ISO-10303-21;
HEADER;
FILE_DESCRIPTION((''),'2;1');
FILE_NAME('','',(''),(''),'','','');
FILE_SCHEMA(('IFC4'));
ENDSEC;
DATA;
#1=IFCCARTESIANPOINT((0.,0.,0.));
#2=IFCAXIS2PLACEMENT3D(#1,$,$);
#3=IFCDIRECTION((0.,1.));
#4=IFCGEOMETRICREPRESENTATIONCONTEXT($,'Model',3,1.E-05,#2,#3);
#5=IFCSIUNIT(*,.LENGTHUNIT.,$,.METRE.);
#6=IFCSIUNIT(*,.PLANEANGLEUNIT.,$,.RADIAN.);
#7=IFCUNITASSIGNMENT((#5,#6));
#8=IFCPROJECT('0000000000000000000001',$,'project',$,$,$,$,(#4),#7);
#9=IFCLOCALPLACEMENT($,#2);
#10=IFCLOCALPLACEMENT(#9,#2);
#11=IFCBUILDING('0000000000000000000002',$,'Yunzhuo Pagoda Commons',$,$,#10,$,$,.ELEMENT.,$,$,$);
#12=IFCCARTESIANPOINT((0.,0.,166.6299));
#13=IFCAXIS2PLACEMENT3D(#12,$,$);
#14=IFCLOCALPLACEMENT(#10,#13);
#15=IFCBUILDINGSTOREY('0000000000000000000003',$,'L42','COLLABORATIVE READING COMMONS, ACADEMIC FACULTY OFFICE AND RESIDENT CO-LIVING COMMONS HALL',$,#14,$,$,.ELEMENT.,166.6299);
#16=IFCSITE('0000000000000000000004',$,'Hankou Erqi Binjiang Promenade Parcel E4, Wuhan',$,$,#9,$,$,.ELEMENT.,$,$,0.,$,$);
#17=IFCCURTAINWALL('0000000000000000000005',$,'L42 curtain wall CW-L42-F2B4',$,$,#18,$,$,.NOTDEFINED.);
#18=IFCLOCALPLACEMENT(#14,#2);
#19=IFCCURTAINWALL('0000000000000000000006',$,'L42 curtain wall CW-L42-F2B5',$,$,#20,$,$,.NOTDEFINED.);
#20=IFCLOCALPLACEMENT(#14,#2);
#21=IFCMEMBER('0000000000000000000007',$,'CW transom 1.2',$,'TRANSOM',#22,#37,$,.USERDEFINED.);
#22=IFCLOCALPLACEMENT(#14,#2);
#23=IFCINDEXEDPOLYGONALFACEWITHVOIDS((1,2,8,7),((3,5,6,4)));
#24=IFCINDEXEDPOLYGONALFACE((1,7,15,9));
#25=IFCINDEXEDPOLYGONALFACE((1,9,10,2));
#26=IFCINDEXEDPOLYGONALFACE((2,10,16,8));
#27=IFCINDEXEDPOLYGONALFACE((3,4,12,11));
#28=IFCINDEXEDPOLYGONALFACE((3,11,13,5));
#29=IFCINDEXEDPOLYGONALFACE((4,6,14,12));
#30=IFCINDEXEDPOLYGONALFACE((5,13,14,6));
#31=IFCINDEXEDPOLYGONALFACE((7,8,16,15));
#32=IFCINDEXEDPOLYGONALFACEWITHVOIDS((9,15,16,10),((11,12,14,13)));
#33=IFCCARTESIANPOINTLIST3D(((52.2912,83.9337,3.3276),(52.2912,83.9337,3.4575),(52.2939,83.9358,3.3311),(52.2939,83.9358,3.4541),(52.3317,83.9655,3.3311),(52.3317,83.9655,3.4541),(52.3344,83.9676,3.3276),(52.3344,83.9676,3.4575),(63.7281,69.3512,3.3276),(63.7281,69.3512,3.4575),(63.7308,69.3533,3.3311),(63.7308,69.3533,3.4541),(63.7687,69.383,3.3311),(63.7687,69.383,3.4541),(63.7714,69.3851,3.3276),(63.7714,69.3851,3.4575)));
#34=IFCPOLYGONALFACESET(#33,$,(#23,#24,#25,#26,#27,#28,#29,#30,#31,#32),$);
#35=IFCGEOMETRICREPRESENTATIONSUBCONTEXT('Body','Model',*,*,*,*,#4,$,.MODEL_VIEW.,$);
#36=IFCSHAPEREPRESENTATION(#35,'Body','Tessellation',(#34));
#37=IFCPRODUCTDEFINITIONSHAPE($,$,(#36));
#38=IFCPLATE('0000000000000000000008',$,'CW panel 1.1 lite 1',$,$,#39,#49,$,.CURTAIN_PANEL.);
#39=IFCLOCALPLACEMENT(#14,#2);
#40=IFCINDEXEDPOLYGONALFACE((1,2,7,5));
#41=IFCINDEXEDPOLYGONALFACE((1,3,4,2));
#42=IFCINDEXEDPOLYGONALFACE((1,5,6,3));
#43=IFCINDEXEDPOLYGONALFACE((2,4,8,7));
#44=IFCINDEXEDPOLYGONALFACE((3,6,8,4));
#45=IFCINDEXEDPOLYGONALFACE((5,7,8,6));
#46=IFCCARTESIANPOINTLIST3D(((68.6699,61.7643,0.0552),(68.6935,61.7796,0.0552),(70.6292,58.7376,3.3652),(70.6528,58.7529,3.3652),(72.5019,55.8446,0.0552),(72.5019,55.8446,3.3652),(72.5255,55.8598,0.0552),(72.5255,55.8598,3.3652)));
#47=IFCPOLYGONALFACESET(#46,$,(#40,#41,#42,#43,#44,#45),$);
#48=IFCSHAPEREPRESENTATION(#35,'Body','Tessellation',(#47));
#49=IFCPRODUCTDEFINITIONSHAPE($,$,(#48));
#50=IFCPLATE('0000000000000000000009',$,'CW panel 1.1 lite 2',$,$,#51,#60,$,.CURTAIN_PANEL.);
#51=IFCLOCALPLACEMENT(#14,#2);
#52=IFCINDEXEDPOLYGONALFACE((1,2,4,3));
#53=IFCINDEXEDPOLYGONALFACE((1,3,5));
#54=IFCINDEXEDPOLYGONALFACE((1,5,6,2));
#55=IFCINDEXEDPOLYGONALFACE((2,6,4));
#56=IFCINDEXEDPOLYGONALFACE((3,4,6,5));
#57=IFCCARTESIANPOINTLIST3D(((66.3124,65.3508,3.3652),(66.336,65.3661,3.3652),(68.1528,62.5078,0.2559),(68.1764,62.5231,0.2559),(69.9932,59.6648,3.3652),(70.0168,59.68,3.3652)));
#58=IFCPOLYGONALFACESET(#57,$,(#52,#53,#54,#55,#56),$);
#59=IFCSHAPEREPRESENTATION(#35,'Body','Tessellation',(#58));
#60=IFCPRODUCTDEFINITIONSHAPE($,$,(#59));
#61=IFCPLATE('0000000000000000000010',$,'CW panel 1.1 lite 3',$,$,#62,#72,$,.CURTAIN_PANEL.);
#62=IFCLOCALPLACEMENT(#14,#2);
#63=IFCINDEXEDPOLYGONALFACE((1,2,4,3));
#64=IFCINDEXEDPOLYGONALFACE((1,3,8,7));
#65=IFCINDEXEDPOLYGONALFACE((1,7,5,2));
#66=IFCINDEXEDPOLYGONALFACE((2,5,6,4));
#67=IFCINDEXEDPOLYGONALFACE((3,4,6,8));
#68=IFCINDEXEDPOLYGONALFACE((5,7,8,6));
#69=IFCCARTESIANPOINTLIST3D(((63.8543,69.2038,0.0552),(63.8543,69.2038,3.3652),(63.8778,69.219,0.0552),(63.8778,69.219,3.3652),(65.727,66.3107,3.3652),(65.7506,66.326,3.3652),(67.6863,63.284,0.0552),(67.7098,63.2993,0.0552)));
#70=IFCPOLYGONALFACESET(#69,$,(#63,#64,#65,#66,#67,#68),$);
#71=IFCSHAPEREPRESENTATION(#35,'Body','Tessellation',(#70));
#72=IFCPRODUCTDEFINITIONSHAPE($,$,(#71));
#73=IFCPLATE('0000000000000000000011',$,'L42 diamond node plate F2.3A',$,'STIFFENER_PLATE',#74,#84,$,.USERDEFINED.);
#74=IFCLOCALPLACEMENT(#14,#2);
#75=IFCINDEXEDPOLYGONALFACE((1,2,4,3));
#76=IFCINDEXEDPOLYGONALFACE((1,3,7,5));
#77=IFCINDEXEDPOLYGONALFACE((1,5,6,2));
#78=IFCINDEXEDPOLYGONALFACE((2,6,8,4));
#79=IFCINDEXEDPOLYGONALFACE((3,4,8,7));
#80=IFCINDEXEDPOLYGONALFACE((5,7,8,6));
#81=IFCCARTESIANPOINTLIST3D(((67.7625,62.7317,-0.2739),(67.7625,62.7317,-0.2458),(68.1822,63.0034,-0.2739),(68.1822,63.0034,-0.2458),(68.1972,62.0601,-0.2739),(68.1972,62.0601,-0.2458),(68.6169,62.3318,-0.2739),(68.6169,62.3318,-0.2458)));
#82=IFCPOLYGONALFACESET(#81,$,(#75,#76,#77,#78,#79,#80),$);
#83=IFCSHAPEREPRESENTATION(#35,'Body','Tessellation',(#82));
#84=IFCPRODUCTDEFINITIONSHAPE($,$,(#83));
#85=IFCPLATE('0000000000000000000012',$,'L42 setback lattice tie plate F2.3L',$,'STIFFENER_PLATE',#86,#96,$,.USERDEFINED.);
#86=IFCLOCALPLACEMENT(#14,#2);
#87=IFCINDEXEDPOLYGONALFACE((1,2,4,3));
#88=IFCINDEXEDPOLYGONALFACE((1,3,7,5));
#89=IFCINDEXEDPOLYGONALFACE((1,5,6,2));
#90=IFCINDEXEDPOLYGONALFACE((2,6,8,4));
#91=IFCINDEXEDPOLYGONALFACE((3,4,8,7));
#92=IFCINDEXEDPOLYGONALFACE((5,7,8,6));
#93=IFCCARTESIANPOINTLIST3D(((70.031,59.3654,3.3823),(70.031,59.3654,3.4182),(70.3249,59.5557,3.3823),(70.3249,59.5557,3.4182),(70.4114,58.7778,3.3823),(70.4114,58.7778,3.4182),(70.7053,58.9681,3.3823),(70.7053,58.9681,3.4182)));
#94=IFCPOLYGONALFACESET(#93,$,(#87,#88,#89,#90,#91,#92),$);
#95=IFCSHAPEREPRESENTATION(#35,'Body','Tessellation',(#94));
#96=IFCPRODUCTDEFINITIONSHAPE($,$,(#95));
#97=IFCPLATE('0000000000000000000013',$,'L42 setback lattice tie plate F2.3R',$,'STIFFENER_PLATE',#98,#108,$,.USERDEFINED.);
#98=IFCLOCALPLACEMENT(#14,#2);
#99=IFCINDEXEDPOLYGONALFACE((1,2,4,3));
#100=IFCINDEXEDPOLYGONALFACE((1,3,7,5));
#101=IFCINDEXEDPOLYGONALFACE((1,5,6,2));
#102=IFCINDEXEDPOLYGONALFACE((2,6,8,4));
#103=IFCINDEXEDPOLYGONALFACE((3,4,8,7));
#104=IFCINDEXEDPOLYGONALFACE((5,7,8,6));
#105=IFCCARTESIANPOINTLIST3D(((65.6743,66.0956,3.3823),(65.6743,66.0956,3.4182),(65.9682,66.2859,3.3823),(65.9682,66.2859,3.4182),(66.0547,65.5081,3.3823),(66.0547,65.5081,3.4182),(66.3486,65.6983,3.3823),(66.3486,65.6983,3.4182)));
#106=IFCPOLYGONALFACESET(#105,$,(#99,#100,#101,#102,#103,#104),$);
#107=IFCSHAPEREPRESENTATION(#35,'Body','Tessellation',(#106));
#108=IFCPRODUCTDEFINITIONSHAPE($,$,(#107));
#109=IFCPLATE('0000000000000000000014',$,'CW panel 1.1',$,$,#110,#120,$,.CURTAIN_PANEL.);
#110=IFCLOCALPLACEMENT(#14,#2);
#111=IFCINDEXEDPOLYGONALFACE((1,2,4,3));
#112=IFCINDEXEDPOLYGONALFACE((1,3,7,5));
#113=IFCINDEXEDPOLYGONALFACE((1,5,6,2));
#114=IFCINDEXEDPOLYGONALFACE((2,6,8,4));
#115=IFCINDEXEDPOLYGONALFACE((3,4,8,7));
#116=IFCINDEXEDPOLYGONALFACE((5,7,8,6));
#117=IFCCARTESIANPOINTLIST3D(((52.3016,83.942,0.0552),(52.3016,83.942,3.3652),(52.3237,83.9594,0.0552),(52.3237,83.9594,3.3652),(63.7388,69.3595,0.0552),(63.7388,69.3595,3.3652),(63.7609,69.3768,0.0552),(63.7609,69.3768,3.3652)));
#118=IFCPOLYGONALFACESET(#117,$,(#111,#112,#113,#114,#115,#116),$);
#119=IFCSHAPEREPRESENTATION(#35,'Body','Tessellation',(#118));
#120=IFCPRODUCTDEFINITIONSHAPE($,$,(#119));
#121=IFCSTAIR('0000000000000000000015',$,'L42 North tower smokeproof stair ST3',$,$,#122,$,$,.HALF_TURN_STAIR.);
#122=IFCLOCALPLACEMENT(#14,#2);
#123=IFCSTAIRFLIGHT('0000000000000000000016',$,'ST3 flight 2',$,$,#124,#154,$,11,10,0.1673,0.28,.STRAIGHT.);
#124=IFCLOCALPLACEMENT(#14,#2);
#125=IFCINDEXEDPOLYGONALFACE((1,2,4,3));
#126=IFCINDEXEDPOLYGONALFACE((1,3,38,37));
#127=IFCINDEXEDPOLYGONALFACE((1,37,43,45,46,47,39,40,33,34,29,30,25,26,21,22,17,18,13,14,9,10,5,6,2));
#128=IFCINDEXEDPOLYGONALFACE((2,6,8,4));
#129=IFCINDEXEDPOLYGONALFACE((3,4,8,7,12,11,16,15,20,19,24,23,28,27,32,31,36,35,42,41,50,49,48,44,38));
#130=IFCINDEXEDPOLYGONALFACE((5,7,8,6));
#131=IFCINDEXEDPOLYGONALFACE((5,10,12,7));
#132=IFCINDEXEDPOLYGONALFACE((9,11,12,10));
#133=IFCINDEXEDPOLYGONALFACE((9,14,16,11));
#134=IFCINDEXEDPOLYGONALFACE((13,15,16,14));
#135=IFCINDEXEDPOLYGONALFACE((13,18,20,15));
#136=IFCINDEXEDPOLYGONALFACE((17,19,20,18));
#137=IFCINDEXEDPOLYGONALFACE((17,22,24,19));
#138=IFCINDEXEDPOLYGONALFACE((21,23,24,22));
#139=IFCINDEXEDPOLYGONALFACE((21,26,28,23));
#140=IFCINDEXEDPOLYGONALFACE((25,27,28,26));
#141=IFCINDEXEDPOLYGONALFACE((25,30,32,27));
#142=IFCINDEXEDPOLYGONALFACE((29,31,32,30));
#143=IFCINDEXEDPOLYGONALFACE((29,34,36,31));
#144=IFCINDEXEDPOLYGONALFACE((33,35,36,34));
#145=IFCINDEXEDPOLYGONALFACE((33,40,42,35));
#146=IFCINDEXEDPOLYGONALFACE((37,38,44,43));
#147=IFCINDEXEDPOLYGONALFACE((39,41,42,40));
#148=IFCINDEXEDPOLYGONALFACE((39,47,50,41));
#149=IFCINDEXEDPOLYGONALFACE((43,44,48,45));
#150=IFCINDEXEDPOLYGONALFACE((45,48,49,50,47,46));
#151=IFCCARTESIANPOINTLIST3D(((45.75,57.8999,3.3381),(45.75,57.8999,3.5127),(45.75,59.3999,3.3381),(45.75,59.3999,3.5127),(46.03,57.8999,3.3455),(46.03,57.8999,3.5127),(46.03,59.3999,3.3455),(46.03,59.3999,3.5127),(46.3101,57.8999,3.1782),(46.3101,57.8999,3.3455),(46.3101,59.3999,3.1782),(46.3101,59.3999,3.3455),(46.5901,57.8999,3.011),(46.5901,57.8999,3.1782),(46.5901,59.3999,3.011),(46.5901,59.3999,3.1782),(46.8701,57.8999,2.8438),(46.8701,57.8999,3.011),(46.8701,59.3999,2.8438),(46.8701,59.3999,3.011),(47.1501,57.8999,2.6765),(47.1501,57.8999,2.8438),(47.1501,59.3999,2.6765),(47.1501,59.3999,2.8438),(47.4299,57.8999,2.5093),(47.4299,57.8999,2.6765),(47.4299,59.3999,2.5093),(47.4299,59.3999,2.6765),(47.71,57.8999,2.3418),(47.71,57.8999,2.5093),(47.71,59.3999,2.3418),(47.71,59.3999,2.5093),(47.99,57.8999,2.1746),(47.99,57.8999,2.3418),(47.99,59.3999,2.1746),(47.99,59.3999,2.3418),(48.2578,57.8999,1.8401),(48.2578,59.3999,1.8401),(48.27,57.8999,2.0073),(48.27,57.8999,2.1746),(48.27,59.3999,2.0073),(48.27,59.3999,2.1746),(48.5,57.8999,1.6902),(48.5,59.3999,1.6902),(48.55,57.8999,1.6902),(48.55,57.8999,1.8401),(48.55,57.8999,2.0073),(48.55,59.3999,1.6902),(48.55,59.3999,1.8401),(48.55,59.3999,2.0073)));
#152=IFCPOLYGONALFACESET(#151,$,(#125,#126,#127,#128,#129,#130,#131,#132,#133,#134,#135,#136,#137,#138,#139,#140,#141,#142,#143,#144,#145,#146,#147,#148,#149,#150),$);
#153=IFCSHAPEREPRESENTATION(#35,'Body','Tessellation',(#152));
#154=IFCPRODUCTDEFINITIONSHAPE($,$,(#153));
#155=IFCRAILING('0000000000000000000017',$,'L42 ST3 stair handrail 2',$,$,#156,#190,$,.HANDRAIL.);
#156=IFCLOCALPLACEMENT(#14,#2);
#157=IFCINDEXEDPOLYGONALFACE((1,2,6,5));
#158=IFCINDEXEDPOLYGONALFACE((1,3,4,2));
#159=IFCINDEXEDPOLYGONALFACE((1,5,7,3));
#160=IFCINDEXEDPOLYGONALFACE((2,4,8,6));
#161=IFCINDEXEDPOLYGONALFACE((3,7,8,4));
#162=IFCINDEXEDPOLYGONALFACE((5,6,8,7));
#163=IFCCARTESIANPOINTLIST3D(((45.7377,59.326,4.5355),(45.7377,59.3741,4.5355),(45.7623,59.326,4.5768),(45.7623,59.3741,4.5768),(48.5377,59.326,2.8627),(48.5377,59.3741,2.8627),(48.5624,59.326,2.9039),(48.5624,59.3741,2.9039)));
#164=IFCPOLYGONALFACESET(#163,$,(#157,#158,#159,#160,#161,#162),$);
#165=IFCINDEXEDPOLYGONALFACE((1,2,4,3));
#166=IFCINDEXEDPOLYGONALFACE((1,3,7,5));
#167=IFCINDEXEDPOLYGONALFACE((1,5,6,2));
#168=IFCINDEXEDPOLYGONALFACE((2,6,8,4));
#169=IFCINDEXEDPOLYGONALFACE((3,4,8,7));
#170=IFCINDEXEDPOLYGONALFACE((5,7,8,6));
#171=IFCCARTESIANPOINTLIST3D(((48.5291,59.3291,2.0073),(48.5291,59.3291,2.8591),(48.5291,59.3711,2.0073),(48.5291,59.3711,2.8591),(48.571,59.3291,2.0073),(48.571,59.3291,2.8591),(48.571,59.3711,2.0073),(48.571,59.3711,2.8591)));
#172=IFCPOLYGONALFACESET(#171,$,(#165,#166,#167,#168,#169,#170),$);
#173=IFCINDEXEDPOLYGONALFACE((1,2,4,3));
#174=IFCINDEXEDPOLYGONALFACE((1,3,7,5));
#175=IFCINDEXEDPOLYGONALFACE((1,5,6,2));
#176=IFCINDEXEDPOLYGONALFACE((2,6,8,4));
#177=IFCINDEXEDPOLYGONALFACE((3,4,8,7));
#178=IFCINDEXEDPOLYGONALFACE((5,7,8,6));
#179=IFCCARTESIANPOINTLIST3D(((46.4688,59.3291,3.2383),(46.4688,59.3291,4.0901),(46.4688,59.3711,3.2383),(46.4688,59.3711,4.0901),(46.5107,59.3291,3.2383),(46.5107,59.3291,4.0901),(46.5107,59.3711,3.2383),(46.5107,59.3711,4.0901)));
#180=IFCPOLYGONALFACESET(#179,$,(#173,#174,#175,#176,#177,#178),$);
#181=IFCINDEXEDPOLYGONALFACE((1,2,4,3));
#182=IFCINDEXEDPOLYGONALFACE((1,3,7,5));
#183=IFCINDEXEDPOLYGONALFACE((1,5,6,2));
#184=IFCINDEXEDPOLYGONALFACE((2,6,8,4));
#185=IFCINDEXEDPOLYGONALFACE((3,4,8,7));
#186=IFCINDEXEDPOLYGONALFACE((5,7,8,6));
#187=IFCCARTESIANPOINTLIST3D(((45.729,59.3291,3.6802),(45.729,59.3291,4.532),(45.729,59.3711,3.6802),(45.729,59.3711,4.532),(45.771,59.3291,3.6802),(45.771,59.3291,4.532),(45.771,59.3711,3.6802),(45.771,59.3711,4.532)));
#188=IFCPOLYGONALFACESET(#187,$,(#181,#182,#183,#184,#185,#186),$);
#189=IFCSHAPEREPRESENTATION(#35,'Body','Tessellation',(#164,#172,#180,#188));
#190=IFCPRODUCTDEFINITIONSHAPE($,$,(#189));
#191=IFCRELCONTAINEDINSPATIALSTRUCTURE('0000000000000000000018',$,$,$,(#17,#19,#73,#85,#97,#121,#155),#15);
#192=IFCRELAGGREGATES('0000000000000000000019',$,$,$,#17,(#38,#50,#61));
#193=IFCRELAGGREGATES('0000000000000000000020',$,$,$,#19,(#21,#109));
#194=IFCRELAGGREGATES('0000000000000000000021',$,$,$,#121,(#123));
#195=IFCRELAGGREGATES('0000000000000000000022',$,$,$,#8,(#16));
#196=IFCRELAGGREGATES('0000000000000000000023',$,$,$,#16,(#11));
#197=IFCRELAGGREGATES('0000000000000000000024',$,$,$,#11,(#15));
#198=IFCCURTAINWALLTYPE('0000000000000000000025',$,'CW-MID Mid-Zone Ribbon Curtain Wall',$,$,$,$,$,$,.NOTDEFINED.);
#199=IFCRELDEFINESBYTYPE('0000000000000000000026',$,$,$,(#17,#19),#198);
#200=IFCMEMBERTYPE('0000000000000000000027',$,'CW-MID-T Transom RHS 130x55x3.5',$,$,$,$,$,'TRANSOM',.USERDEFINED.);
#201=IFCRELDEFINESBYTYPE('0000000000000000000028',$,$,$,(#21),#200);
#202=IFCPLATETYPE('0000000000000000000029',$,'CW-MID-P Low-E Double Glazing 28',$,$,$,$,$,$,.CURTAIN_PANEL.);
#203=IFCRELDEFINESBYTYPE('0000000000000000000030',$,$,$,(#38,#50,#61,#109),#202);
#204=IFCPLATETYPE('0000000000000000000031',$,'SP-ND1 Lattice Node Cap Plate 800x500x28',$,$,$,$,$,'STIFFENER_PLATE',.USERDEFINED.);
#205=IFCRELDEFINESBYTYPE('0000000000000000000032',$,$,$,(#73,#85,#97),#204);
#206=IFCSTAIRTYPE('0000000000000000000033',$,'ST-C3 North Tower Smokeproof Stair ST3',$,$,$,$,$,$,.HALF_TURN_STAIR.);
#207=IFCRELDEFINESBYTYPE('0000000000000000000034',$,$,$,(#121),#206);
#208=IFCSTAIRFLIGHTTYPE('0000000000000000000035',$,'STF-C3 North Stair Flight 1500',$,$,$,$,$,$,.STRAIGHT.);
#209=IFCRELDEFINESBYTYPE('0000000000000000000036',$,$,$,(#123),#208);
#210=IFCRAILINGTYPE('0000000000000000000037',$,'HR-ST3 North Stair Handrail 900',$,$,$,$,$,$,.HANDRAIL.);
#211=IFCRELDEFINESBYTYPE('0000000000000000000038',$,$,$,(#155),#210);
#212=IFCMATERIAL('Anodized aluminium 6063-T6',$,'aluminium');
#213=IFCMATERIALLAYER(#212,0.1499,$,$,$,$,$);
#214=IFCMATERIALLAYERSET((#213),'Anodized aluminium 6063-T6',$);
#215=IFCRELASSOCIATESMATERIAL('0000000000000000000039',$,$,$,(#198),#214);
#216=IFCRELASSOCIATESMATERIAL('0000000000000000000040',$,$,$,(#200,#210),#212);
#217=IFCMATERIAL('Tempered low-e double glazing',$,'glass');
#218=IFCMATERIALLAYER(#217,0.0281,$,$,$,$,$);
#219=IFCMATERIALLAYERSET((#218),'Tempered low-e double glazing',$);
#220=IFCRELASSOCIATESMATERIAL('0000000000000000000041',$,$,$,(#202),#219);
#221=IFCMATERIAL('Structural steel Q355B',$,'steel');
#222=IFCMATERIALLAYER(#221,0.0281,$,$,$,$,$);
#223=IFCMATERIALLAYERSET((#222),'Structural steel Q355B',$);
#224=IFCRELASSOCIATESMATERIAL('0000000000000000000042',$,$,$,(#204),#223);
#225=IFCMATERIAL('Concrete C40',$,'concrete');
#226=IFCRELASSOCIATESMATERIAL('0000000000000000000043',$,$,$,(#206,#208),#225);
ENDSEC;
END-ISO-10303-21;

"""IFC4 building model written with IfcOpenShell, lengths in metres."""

from ifc_helpers import new_model, si_unit, direction, frame, origin, origin_2d, place, context, subcontext, project, spatial, polyline, rectangle, hollow_rectangle, outline, extrude, source, transform, mapped, material, layer, layer_set, material_profile, profile_set, type_object, element, aggregate, save


model = new_model("IFC4")

# Units and contexts
model_context = context("Model", 3, precision=1e-05, world=origin(), true_north=direction((0.0, 1.0)))
body_context = subcontext(model_context, "Body", "Model", "MODEL_VIEW")
ifc_project = project(units=[si_unit("LENGTHUNIT", "METRE"), si_unit("PLANEANGLEUNIT", "RADIAN")], contexts=[model_context])

# Site, building, storey
site_placement = place(None, origin())
site = spatial("IfcSite", under=ifc_project, at=site_placement, Name="Hankou Erqi Binjiang Promenade Parcel E4, Wuhan", CompositionType="ELEMENT", RefElevation=0.0)
building_placement = place(site_placement, origin())
building = spatial("IfcBuilding", under=site, at=building_placement, Name="Yunzhuo Pagoda Commons", CompositionType="ELEMENT")
storey_placement = place(building_placement, frame((0.0, 0.0, 166.6299)))
storey = spatial("IfcBuildingStorey", under=building, at=storey_placement, Name="L42", Description="COLLABORATIVE READING COMMONS, ACADEMIC FACULTY OFFICE AND RESIDENT CO-LIVING COMMONS HALL", CompositionType="ELEMENT", Elevation=166.6299)

# Shared definitions
ifc_material_1 = material(Name="Structural steel Q355B", Category="steel")

# Curtain wall
ifc_material_2 = material(Name="Anodized aluminium 6063-T6", Category="aluminium")
ifc_layer_1 = layer(ifc_material_2, 0.1499)
ifc_layer_set_1 = layer_set([ifc_layer_1], Name="Anodized aluminium 6063-T6")
curtain_wall_type = type_object("IfcCurtainWallType", Name="CW-MID Mid-Zone Ribbon Curtain Wall", PredefinedType="NOTDEFINED", material=ifc_layer_set_1)
curtain_wall_1_placement = place(storey_placement, origin())
curtain_wall_1 = element("IfcCurtainWall", 1, at=curtain_wall_1_placement, inside=storey, type_object=curtain_wall_type, Name="L42 curtain wall CW-L42-F2B4", PredefinedType="NOTDEFINED")

# Curtain wall, member
curtain_wall_2_placement = place(storey_placement, origin())
curtain_wall_2 = element("IfcCurtainWall", 2, at=curtain_wall_2_placement, inside=storey, type_object=curtain_wall_type, Name="L42 curtain wall CW-L42-F2B5", PredefinedType="NOTDEFINED")
ifc_material_profile_1 = material_profile(ifc_material_2, hollow_rectangle(XDim=0.0549, YDim=0.1299, WallThickness=0.0034, at=origin_2d()), Name="Anodized aluminium 6063-T6")
ifc_profile_set_1 = profile_set([ifc_material_profile_1], Name="Anodized aluminium 6063-T6")
member_type_1 = type_object("IfcMemberType", Name="CW-MID-T Transom RHS 130x55x3.5", ElementType="TRANSOM", PredefinedType="USERDEFINED", material=ifc_profile_set_1)
shared_shape_1 = source(origin(), body_context, "Body", "SweptSolid", [
    extrude(hollow_rectangle(XDim=0.0549, YDim=0.1299, WallThickness=0.0034, at=origin_2d()), origin(), (0.0, 0.0, 1.0), 18.5325),
])
member_1_placement = place(storey_placement, frame((63.7498, 69.3682, 3.3926), z_axis=(-0.617131, 0.78686, 0.0), x_axis=(-0.78686, -0.617131, 0.0)))
member_1 = element("IfcMember", 3, at=member_1_placement, type_object=member_type_1, Name="CW transom 1.2", ObjectType="TRANSOM", PredefinedType="USERDEFINED", context=body_context, shape_type="MappedRepresentation", body=[
    mapped(shared_shape_1, transform((0.0, 0.0, 0.0), scale=1.0)),
])

# Plates
ifc_material_3 = material(Name="Tempered low-e double glazing", Category="glass")
ifc_layer_2 = layer(ifc_material_3, 0.0281)
ifc_layer_set_2 = layer_set([ifc_layer_2], Name="Tempered low-e double glazing")
plate_type_1 = type_object("IfcPlateType", Name="CW-MID-P Low-E Double Glazing 28", PredefinedType="CURTAIN_PANEL", material=ifc_layer_set_2)
plate_1_placement = place(storey_placement, frame((70.5859, 58.8044, 1.7102), z_axis=(0.839466, 0.543412, 0.0), x_axis=(-0.543412, 0.839466, 0.0)))
plate_1 = element("IfcPlate", 4, at=plate_1_placement, type_object=plate_type_1, Name="CW panel 1.1 lite 1", PredefinedType="CURTAIN_PANEL", context=body_context, shape_type="SweptSolid", body=[
    extrude(outline(polyline([(-3.5259, -1.655), (3.5259, -1.655), (-0.0796, 1.655), (-3.5259, 1.655), (-3.5259, -1.655)])), origin(), (0.0, 0.0, 1.0), 0.0281),
])
plate_2_placement = place(storey_placement, frame((68.1528, 62.5078, 1.8105), z_axis=(0.839466, 0.543412, 0.0), x_axis=(-0.543412, 0.839466, 0.0)))
plate_2 = element("IfcPlate", 5, at=plate_2_placement, type_object=plate_type_1, Name="CW panel 1.1 lite 2", PredefinedType="CURTAIN_PANEL", context=body_context, shape_type="SweptSolid", body=[
    extrude(outline(polyline([(-3.3867, 1.5547), (0.0, -1.5547), (3.3867, 1.5547), (-3.3867, 1.5547)])), origin(), (0.0, 0.0, 1.0), 0.0281),
])
plate_3_placement = place(storey_placement, frame((65.7703, 66.2439, 1.7102), z_axis=(0.839466, 0.543412, 0.0), x_axis=(-0.543412, 0.839466, 0.0)))
plate_3 = element("IfcPlate", 6, at=plate_3_placement, type_object=plate_type_1, Name="CW panel 1.1 lite 3", PredefinedType="CURTAIN_PANEL", context=body_context, shape_type="SweptSolid", body=[
    extrude(outline(polyline([(-3.5259, -1.655), (3.5259, -1.655), (3.5259, 1.655), (0.0796, 1.655), (-3.5259, -1.655)])), origin(), (0.0, 0.0, 1.0), 0.0281),
])
aggregate(curtain_wall_1, [plate_1, plate_2, plate_3])

# Plates
ifc_layer_3 = layer(ifc_material_1, 0.0281)
ifc_layer_set_3 = layer_set([ifc_layer_3], Name="Structural steel Q355B")
plate_type_2 = type_object("IfcPlateType", Name="SP-ND1 Lattice Node Cap Plate 800x500x28", ElementType="STIFFENER_PLATE", PredefinedType="USERDEFINED", material=ifc_layer_set_3)
shared_shape_2 = source(origin(), body_context, "Body", "SweptSolid", [
    extrude(rectangle(XDim=0.8, YDim=0.5, at=origin_2d()), origin(), (0.0, 0.0, 1.0), 0.0281),
])
plate_4_placement = place(storey_placement, frame((68.1897, 62.5317, -0.2739), z_axis=(0.0, 0.0, 1.0), x_axis=(-0.543409, 0.839468, 0.0)))
element("IfcPlate", 7, at=plate_4_placement, inside=storey, type_object=plate_type_2, Name="L42 diamond node plate F2.3A", ObjectType="STIFFENER_PLATE", PredefinedType="USERDEFINED", context=body_context, shape_type="MappedRepresentation", body=[
    mapped(shared_shape_2, transform((0.0, 0.0, 0.0), scale=1.0)),
])
shared_shape_3 = source(origin(), body_context, "Body", "SweptSolid", [
    extrude(rectangle(XDim=0.7, YDim=0.3501, at=origin_2d()), origin(), (0.0, 0.0, 1.0), 0.0359),
])
for number, where, z_axis, x_axis, name in (
    (8, (70.3682, 59.1667, 3.3823), (0.0, 0.0, 1.0), (-0.543409, 0.839468, 0.0), "L42 setback lattice tie plate F2.3L"),
    (9, (66.0115, 65.897, 3.3823), (0.0, 0.0, 1.0), (-0.543409, 0.839468, 0.0), "L42 setback lattice tie plate F2.3R"),
):
    element("IfcPlate", number, at=place(storey_placement, frame(where, z_axis=z_axis, x_axis=x_axis)), inside=storey, type_object=plate_type_2, Name=name, ObjectType="STIFFENER_PLATE", PredefinedType="USERDEFINED", context=body_context, shape_type="MappedRepresentation", body=[
        mapped(shared_shape_3, transform((0.0, 0.0, 0.0), scale=1.0)),
    ])

# Plate
shared_shape_4 = source(origin(), body_context, "Body", "SweptSolid", [
    extrude(rectangle(XDim=18.5327, YDim=0.0281, at=origin_2d()), origin(), (0.0, 0.0, 1.0), 3.3101),
])
plate_5_placement = place(storey_placement, frame((58.0312, 76.6594, 0.0552), z_axis=(0.0, 0.0, 1.0), x_axis=(-0.617138, 0.786855, 0.0)))
plate_5 = element("IfcPlate", 10, at=plate_5_placement, type_object=plate_type_1, Name="CW panel 1.1", PredefinedType="CURTAIN_PANEL", context=body_context, shape_type="MappedRepresentation", body=[
    mapped(shared_shape_4, transform((0.0, 0.0, 0.0), scale=1.0)),
])
aggregate(curtain_wall_2, [member_1, plate_5])

# Stair, stair flight
ifc_material_4 = material(Name="Concrete C40", Category="concrete")
stair_type = type_object("IfcStairType", Name="ST-C3 North Tower Smokeproof Stair ST3", PredefinedType="HALF_TURN_STAIR", material=ifc_material_4)
stair_placement = place(storey_placement, origin())
stair = element("IfcStair", 11, at=stair_placement, inside=storey, type_object=stair_type, Name="L42 North tower smokeproof stair ST3", PredefinedType="HALF_TURN_STAIR")
stair_flight_type = type_object("IfcStairFlightType", Name="STF-C3 North Stair Flight 1500", PredefinedType="STRAIGHT", material=ifc_material_4)
shared_shape_5 = source(origin(), body_context, "Body", "SweptSolid", [
    extrude(outline(polyline([(0.0, -0.1499), (0.0, 0.0), (0.0, 0.1672), (0.28, 0.1672), (0.28, 0.3345), (0.5601, 0.3345), (0.5601, 0.5017), (0.8401, 0.5017), (0.8401, 0.6692), (1.1201, 0.6692), (1.1201, 0.8364), (1.3999, 0.8364), (1.3999, 1.0037), (1.6799, 1.0037), (1.6799, 1.1709), (1.96, 1.1709), (1.96, 1.3381), (2.24, 1.3381), (2.24, 1.5054), (2.52, 1.5054), (2.52, 1.6726), (2.8, 1.6726), (2.8, 1.8401), (2.8, 1.498), (0.2922, 0.0), (0.05, -0.1499), (0.0, -0.1499)])), frame((0.0, 0.75, 0.0), z_axis=(0.0, -1.0, 0.0), x_axis=(1.0, 0.0, 0.0)), (0.0, 0.0, 1.0), 1.5),
])
stair_flight_placement = place(storey_placement, frame((48.55, 58.6499, 1.8401), z_axis=(0.0, 0.0, 1.0), x_axis=(-1.0, 0.0, 0.0)))
stair_flight = element("IfcStairFlight", 12, at=stair_flight_placement, type_object=stair_flight_type, Name="ST3 flight 2", NumberOfRisers=11, NumberOfTreads=10, PredefinedType="STRAIGHT", RiserHeight=0.1673, TreadLength=0.28, context=body_context, shape_type="MappedRepresentation", body=[
    mapped(shared_shape_5, transform((0.0, 0.0, 0.0), scale=1.0)),
])
aggregate(stair, [stair_flight])

# Railing
railing_type_1 = type_object("IfcRailingType", Name="HR-ST3 North Stair Handrail 900", PredefinedType="HANDRAIL", material=ifc_material_2)
railing_1_placement = place(storey_placement, frame((48.55, 59.3501, 2.0073)))
element("IfcRailing", 13, at=railing_1_placement, inside=storey, type_object=railing_type_1, Name="L42 ST3 stair handrail 2", PredefinedType="HANDRAIL", context=body_context, shape_type="SweptSolid", body=[
    extrude(rectangle(XDim=0.0481, YDim=0.0481, at=origin_2d()), frame((0.0, 0.0, 0.876), z_axis=(-0.858462, 0.0, 0.512877), x_axis=(0.0, -1.0, 0.0)), (0.0, 0.0, 1.0), 3.2617),
    extrude(rectangle(XDim=0.042, YDim=0.042, at=origin_2d()), origin(), (0.0, 0.0, 1.0), 0.8518),
    extrude(rectangle(XDim=0.042, YDim=0.042, at=origin_2d()), frame((-2.0603, 0.0, 1.231)), (0.0, 0.0, 1.0), 0.8518),
    extrude(rectangle(XDim=0.042, YDim=0.042, at=origin_2d()), frame((-2.8, 0.0, 1.6729)), (0.0, 0.0, 1.0), 0.8518),
])

save(model, "model.ifc")
